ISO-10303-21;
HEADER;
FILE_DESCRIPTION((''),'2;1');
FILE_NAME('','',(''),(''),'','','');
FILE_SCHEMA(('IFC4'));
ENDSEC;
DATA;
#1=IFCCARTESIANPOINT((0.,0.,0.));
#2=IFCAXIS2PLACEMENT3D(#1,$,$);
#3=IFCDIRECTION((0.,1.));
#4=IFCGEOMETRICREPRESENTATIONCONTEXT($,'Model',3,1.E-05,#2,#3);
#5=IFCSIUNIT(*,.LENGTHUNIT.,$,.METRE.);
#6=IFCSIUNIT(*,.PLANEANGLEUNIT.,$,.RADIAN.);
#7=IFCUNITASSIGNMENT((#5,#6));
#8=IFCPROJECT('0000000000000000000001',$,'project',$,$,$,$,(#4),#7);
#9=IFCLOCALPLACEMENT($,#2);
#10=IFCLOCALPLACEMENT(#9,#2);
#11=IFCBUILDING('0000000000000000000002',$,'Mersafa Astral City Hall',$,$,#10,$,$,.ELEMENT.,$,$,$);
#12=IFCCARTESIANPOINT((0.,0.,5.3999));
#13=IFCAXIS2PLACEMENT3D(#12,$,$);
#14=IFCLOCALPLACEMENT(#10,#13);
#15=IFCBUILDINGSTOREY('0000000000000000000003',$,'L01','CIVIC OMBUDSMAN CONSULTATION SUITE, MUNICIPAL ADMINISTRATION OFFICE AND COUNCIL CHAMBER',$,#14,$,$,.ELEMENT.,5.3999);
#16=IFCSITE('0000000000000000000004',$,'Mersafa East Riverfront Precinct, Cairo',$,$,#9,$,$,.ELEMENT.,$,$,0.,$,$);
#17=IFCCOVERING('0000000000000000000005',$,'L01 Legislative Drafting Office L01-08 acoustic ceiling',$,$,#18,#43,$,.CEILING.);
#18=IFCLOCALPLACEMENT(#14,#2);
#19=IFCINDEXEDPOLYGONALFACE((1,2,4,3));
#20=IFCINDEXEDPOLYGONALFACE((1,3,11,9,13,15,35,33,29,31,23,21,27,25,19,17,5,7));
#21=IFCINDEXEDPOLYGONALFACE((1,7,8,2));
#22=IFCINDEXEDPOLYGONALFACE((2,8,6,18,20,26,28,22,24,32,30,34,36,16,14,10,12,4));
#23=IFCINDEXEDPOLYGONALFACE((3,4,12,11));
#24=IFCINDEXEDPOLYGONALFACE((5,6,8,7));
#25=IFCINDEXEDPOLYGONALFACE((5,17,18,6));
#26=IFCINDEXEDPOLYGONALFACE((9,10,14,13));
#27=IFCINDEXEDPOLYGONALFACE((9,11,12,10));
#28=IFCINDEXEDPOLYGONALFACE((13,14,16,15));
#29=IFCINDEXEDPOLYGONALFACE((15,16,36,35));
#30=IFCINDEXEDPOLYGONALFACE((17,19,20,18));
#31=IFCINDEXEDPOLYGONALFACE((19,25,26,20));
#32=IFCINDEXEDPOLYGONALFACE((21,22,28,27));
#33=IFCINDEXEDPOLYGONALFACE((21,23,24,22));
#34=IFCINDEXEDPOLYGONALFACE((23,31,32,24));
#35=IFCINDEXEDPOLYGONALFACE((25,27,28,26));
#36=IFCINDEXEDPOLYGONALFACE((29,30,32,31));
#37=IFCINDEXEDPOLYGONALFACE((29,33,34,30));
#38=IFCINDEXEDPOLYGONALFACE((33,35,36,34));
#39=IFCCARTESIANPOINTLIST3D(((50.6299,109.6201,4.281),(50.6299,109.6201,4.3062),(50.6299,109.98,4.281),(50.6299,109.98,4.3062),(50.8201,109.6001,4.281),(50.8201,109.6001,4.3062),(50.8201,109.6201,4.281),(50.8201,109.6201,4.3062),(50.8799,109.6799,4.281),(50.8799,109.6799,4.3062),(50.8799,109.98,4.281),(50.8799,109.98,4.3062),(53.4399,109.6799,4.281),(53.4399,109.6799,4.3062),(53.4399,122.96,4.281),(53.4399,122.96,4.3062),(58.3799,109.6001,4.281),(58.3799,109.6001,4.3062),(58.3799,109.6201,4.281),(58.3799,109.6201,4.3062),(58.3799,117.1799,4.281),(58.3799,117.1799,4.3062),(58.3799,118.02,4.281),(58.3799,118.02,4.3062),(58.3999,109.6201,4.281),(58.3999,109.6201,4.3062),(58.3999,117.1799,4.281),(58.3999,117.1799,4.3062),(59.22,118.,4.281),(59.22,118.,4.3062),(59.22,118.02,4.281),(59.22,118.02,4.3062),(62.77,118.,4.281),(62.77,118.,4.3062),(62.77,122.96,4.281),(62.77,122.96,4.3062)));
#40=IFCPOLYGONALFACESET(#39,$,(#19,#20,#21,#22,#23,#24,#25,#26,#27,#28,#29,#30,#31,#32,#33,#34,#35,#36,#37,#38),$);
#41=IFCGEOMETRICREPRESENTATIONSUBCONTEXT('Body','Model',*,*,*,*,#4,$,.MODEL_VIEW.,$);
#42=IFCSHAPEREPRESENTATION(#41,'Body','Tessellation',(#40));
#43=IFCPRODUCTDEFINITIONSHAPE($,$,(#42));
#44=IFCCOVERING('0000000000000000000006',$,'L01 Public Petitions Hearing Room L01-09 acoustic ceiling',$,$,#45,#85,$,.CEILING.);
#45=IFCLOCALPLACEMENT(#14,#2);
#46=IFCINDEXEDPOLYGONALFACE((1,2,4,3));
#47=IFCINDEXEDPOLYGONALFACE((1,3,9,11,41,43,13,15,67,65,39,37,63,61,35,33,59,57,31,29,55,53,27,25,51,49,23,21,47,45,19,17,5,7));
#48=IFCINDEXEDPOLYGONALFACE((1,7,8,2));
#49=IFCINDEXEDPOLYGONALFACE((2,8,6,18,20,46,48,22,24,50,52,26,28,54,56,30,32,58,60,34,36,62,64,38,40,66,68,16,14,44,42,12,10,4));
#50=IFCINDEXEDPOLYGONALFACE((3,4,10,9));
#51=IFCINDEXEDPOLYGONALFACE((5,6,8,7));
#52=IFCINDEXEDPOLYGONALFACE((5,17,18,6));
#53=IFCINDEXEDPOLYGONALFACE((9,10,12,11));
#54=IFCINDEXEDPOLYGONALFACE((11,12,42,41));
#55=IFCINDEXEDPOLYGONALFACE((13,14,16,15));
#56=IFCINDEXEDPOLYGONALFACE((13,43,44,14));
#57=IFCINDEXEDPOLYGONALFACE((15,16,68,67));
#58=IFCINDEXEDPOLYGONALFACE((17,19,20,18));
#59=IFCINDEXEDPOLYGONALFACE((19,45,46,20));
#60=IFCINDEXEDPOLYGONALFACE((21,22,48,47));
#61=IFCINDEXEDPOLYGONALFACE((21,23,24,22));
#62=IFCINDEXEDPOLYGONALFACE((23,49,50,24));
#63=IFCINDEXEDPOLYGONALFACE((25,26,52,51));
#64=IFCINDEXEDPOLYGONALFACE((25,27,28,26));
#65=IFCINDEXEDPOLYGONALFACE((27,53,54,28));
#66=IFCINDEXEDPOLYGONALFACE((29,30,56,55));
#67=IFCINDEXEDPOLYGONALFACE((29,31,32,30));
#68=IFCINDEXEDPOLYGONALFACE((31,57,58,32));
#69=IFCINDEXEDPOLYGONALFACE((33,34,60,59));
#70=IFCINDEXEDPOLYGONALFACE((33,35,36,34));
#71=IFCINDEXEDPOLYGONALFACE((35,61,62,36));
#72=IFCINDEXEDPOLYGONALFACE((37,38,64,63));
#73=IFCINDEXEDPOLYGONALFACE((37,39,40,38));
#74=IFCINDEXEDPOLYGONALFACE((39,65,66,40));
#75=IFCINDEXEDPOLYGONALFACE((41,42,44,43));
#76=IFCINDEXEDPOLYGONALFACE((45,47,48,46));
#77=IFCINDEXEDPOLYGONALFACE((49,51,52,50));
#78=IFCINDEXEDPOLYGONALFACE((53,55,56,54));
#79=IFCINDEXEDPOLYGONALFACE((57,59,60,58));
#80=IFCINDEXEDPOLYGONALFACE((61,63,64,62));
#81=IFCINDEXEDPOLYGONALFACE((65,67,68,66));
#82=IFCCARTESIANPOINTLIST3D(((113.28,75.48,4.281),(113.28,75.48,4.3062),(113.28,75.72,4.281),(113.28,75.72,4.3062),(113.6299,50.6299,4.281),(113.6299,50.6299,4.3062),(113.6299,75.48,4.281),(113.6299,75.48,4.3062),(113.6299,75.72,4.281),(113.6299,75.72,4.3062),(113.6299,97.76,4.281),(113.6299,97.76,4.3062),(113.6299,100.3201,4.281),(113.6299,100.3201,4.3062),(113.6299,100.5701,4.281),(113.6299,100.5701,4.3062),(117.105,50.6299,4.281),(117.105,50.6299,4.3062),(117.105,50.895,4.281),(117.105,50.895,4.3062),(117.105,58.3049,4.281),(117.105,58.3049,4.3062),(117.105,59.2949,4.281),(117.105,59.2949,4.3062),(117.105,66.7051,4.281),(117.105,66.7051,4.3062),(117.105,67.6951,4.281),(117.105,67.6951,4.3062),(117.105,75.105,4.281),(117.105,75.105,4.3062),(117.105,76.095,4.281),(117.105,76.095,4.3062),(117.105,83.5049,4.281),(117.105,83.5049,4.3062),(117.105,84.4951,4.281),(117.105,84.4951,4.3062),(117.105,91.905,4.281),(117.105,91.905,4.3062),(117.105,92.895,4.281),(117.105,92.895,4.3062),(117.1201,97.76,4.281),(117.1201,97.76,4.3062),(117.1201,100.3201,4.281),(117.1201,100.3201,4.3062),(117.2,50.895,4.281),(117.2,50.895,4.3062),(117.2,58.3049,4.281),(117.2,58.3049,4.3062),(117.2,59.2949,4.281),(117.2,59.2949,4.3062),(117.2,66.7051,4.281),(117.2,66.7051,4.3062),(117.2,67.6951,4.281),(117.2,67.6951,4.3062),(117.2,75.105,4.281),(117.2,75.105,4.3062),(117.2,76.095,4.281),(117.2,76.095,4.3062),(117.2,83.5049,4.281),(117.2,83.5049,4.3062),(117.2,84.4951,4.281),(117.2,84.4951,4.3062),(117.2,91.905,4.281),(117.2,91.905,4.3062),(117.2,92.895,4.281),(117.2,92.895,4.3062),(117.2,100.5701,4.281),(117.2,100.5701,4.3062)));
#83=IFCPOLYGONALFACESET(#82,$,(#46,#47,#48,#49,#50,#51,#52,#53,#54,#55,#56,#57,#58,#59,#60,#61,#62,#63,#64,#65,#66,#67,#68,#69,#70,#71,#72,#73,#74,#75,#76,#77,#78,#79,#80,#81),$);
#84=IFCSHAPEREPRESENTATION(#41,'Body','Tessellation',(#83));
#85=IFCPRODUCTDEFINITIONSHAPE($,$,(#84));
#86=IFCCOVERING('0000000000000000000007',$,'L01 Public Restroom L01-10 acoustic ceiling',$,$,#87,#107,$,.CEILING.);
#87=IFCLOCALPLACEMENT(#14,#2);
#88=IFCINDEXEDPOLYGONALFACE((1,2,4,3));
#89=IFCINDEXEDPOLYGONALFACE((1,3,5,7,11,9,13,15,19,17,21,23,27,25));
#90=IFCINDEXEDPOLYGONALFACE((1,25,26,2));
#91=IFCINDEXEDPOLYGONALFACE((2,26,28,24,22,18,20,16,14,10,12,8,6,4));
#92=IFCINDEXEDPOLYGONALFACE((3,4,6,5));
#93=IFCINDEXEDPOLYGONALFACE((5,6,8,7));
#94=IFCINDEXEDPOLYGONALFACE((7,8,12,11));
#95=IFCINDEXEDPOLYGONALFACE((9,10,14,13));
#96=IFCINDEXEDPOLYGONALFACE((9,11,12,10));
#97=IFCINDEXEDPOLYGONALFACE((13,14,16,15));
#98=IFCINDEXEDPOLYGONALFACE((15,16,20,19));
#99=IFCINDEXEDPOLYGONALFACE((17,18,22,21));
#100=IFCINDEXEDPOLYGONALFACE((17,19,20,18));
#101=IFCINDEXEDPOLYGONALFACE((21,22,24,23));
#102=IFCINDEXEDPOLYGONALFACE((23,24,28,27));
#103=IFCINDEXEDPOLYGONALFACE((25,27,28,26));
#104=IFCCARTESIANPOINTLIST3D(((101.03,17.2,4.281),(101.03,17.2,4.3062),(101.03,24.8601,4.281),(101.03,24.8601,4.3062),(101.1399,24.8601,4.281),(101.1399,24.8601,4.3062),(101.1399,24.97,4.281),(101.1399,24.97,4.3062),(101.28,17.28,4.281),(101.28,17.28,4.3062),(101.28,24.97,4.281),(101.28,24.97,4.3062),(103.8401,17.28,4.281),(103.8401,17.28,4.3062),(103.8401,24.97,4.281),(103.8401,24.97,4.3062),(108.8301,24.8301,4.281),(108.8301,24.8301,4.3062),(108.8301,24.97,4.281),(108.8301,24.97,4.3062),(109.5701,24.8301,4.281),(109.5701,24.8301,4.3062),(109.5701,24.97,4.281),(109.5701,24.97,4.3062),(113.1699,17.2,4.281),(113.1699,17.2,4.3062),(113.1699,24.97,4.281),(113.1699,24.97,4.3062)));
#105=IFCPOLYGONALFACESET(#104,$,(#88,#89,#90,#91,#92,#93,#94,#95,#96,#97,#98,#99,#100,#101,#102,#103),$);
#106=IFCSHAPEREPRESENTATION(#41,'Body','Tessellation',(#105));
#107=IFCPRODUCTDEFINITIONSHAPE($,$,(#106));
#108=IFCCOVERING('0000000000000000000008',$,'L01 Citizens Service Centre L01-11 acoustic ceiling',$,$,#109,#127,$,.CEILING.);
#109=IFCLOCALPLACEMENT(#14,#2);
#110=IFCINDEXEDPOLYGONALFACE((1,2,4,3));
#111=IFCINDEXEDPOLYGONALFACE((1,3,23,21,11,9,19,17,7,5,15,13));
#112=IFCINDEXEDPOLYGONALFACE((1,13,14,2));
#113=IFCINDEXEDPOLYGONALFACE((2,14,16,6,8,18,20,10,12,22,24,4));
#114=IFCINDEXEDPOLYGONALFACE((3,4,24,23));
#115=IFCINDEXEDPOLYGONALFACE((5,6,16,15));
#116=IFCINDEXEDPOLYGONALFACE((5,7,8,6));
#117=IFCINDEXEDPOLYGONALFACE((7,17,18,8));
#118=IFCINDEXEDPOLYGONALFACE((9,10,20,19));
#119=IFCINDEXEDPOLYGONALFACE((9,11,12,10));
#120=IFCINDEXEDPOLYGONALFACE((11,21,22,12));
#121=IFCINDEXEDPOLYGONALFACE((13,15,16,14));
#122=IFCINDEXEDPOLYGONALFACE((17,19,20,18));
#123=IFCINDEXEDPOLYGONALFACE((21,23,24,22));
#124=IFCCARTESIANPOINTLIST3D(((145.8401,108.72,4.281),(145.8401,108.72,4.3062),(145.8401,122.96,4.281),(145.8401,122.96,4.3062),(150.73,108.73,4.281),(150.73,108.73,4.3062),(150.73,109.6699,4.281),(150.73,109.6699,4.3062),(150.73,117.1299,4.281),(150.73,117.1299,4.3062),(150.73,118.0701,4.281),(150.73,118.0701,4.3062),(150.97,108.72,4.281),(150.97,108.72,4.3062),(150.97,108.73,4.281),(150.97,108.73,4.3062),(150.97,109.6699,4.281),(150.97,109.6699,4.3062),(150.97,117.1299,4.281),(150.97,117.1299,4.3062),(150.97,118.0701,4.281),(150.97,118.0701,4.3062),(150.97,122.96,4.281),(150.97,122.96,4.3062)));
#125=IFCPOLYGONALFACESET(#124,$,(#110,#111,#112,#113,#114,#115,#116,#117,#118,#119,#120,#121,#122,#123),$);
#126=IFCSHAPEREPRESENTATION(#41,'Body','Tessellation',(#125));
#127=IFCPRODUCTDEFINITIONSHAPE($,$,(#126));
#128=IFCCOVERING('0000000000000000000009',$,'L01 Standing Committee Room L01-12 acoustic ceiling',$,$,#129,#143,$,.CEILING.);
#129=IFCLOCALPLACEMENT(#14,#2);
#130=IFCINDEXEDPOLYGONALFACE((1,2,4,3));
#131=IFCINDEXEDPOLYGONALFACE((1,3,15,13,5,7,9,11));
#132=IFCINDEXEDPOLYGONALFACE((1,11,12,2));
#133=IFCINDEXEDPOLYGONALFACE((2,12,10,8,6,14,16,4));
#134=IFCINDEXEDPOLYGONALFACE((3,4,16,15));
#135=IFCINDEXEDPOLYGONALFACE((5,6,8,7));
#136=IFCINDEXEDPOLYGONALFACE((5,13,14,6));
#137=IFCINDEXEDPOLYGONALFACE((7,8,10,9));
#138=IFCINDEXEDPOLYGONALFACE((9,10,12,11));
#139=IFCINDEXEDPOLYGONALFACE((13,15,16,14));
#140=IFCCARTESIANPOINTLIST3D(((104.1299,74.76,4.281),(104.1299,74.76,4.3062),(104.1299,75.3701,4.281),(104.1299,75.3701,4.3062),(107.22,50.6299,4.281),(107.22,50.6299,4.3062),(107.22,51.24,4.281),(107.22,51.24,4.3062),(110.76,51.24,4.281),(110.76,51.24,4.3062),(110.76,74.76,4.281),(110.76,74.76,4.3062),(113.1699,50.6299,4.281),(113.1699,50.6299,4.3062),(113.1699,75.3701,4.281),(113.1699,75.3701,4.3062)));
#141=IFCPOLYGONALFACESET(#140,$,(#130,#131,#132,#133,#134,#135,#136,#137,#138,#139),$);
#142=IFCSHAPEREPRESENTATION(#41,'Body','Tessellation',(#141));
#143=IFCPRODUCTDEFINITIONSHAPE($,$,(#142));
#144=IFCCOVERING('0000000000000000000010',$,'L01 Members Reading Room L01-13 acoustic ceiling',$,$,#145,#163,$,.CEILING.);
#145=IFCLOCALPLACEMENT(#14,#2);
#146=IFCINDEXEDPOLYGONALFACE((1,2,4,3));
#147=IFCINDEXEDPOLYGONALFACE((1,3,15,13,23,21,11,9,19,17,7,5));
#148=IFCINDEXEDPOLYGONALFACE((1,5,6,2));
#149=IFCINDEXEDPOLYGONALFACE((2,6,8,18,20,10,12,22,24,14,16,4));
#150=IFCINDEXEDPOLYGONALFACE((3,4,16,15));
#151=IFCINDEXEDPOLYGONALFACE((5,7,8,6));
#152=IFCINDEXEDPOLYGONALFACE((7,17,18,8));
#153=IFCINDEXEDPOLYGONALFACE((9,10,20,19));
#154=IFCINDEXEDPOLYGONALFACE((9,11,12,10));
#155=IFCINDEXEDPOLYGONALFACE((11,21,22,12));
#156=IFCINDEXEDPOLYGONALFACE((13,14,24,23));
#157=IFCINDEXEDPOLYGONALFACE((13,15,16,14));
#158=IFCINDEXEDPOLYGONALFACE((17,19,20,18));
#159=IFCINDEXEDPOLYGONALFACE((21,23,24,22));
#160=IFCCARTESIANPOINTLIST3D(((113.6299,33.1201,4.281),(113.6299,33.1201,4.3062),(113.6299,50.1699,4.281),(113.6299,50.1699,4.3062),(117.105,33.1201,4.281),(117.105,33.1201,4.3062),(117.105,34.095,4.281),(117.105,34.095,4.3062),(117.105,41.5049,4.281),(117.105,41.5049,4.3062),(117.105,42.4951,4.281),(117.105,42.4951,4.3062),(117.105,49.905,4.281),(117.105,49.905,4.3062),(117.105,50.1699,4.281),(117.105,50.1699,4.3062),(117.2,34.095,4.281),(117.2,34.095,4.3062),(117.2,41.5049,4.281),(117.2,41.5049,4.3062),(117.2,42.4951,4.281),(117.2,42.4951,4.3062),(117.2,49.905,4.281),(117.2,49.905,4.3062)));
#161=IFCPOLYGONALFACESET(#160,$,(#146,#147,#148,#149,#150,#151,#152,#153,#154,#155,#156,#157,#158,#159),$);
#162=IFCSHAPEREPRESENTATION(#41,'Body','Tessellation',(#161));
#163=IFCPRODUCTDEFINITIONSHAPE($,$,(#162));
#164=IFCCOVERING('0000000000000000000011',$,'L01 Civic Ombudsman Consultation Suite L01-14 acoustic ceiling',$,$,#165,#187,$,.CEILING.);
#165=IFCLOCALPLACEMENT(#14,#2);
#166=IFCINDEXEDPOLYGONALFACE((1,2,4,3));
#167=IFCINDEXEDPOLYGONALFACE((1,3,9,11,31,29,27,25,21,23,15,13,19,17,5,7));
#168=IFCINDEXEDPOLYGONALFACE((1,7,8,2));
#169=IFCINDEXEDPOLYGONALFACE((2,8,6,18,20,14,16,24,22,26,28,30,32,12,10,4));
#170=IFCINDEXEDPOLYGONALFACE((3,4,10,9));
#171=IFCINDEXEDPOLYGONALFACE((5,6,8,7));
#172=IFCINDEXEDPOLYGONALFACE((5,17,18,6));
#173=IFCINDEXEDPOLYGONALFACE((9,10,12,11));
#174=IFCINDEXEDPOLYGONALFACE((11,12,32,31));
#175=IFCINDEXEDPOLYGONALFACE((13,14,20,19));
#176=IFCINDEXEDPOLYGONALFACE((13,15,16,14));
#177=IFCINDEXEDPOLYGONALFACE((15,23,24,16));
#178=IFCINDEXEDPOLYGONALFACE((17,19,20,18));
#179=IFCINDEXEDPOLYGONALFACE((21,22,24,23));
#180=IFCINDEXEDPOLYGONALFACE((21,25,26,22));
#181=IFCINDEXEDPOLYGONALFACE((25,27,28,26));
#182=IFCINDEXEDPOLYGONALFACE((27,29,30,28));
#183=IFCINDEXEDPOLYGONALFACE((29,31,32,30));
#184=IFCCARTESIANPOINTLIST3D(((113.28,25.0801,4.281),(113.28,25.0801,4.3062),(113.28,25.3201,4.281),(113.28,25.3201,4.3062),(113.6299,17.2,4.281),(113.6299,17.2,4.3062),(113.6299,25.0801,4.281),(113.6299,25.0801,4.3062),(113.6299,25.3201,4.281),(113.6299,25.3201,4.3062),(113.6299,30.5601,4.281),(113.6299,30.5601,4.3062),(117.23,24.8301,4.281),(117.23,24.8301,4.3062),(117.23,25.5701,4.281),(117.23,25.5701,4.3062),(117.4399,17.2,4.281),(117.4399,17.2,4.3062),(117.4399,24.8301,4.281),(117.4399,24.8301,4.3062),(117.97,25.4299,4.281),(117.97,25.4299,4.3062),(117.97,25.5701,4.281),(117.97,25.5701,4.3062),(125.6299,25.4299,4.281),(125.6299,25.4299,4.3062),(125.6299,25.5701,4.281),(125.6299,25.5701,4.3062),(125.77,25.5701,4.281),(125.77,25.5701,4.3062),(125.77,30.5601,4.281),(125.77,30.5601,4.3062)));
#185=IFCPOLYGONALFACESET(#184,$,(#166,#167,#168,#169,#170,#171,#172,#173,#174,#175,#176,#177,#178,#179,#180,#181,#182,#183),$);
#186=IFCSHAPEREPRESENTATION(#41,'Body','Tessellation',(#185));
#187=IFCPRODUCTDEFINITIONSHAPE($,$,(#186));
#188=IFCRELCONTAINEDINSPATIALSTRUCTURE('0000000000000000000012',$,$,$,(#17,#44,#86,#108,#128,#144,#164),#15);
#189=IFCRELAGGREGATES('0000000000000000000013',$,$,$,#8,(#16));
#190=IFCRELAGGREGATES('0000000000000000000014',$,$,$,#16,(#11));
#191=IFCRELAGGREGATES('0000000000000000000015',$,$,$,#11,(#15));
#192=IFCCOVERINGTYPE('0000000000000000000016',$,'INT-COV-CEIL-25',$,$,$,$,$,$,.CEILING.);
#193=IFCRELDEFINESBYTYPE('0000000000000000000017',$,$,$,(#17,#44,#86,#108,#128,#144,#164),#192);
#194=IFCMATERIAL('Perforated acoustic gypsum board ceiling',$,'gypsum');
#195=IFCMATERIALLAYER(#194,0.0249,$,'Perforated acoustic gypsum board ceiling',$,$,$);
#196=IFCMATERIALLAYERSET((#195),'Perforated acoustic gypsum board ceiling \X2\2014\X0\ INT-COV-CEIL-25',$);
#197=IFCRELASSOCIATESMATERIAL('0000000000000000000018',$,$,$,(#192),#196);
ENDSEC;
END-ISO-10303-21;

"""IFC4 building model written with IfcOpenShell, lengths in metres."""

from ifc_helpers import new_model, si_unit, direction, frame, origin, place, context, subcontext, project, spatial, polyline, outline, extrude, material, layer, layer_set, type_object, element, save


model = new_model("IFC4")

# Units and contexts
model_context = context("Model", 3, precision=1e-05, world=origin(), true_north=direction((0.0, 1.0)))
body_context = subcontext(model_context, "Body", "Model", "MODEL_VIEW")
ifc_project = project(units=[si_unit("LENGTHUNIT", "METRE"), si_unit("PLANEANGLEUNIT", "RADIAN")], contexts=[model_context])

# Site, building, storey
site_placement = place(None, origin())
site = spatial("IfcSite", under=ifc_project, at=site_placement, Name="Mersafa East Riverfront Precinct, Cairo", CompositionType="ELEMENT", RefElevation=0.0)
building_placement = place(site_placement, origin())
building = spatial("IfcBuilding", under=site, at=building_placement, Name="Mersafa Astral City Hall", CompositionType="ELEMENT")
storey_placement = place(building_placement, frame((0.0, 0.0, 5.3999)))
storey = spatial("IfcBuildingStorey", under=building, at=storey_placement, Name="L01", Description="CIVIC OMBUDSMAN CONSULTATION SUITE, MUNICIPAL ADMINISTRATION OFFICE AND COUNCIL CHAMBER", CompositionType="ELEMENT", Elevation=5.3999)

# Coverings
ifc_material_1 = material(Name="Perforated acoustic gypsum board ceiling", Category="gypsum")
ifc_layer_1 = layer(ifc_material_1, 0.0249, Name="Perforated acoustic gypsum board ceiling")
ifc_layer_set_1 = layer_set([ifc_layer_1], Name="Perforated acoustic gypsum board ceiling — INT-COV-CEIL-25")
covering_type_1 = type_object("IfcCoveringType", Name="INT-COV-CEIL-25", PredefinedType="CEILING", material=ifc_layer_set_1)
covering_1_placement = place(storey_placement, frame((0.0, 0.0, 4.281)))
element("IfcCovering", 1, at=covering_1_placement, inside=storey, type_object=covering_type_1, Name="L01 Legislative Drafting Office L01-08 acoustic ceiling", PredefinedType="CEILING", context=body_context, shape_type="SweptSolid", body=[
    extrude(outline(polyline([(50.8201, 109.6201), (50.6299, 109.6201), (50.6299, 109.98), (50.8799, 109.98), (50.8799, 109.6799), (53.4399, 109.6799), (53.4399, 122.96), (62.77, 122.96), (62.77, 118.0), (59.22, 118.0), (59.22, 118.02), (58.3799, 118.02), (58.3799, 117.1799), (58.3999, 117.1799), (58.3999, 109.6201), (58.3799, 109.6201), (58.3799, 109.6001), (50.8201, 109.6001), (50.8201, 109.6201)])), origin(), (0.0, 0.0, 1.0), 0.0251),
])
covering_2_placement = place(storey_placement, frame((0.0, 0.0, 4.281)))
element("IfcCovering", 2, at=covering_2_placement, inside=storey, type_object=covering_type_1, Name="L01 Public Petitions Hearing Room L01-09 acoustic ceiling", PredefinedType="CEILING", context=body_context, shape_type="SweptSolid", body=[
    extrude(outline(polyline([(113.28, 75.72), (113.6299, 75.72), (113.6299, 97.76), (117.1201, 97.76), (117.1201, 100.3201), (113.6299, 100.3201), (113.6299, 100.5701), (117.2, 100.5701), (117.2, 92.895), (117.105, 92.895), (117.105, 91.905), (117.2, 91.905), (117.2, 84.4951), (117.105, 84.4951), (117.105, 83.5049), (117.2, 83.5049), (117.2, 76.095), (117.105, 76.095), (117.105, 75.105), (117.2, 75.105), (117.2, 67.6951), (117.105, 67.6951), (117.105, 66.7051), (117.2, 66.7051), (117.2, 59.2949), (117.105, 59.2949), (117.105, 58.3049), (117.2, 58.3049), (117.2, 50.895), (117.105, 50.895), (117.105, 50.6299), (113.6299, 50.6299), (113.6299, 75.48), (113.28, 75.48), (113.28, 75.72)])), origin(), (0.0, 0.0, 1.0), 0.0251),
])
covering_3_placement = place(storey_placement, frame((0.0, 0.0, 4.281)))
element("IfcCovering", 3, at=covering_3_placement, inside=storey, type_object=covering_type_1, Name="L01 Public Restroom L01-10 acoustic ceiling", PredefinedType="CEILING", context=body_context, shape_type="SweptSolid", body=[
    extrude(outline(polyline([(101.1399, 24.8601), (101.1399, 24.97), (101.28, 24.97), (101.28, 17.28), (103.8401, 17.28), (103.8401, 24.97), (108.8301, 24.97), (108.8301, 24.8301), (109.5701, 24.8301), (109.5701, 24.97), (113.1699, 24.97), (113.1699, 17.2), (101.03, 17.2), (101.03, 24.8601), (101.1399, 24.8601)])), origin(), (0.0, 0.0, 1.0), 0.0251),
])
covering_4_placement = place(storey_placement, frame((0.0, 0.0, 4.281)))
element("IfcCovering", 4, at=covering_4_placement, inside=storey, type_object=covering_type_1, Name="L01 Citizens Service Centre L01-11 acoustic ceiling", PredefinedType="CEILING", context=body_context, shape_type="SweptSolid", body=[
    extrude(outline(polyline([(150.97, 122.96), (150.97, 118.0701), (150.73, 118.0701), (150.73, 117.1299), (150.97, 117.1299), (150.97, 109.6699), (150.73, 109.6699), (150.73, 108.73), (150.97, 108.73), (150.97, 108.72), (145.8401, 108.72), (145.8401, 122.96), (150.97, 122.96)])), origin(), (0.0, 0.0, 1.0), 0.0251),
])
covering_5_placement = place(storey_placement, frame((0.0, 0.0, 4.281)))
element("IfcCovering", 5, at=covering_5_placement, inside=storey, type_object=covering_type_1, Name="L01 Standing Committee Room L01-12 acoustic ceiling", PredefinedType="CEILING", context=body_context, shape_type="SweptSolid", body=[
    extrude(outline(polyline([(110.76, 74.76), (104.1299, 74.76), (104.1299, 75.3701), (113.1699, 75.3701), (113.1699, 50.6299), (107.22, 50.6299), (107.22, 51.24), (110.76, 51.24), (110.76, 74.76)])), origin(), (0.0, 0.0, 1.0), 0.0251),
])
covering_6_placement = place(storey_placement, frame((0.0, 0.0, 4.281)))
element("IfcCovering", 6, at=covering_6_placement, inside=storey, type_object=covering_type_1, Name="L01 Members Reading Room L01-13 acoustic ceiling", PredefinedType="CEILING", context=body_context, shape_type="SweptSolid", body=[
    extrude(outline(polyline([(113.6299, 33.1201), (113.6299, 50.1699), (117.105, 50.1699), (117.105, 49.905), (117.2, 49.905), (117.2, 42.4951), (117.105, 42.4951), (117.105, 41.5049), (117.2, 41.5049), (117.2, 34.095), (117.105, 34.095), (117.105, 33.1201), (113.6299, 33.1201)])), origin(), (0.0, 0.0, 1.0), 0.0251),
])
covering_7_placement = place(storey_placement, frame((0.0, 0.0, 4.281)))
element("IfcCovering", 7, at=covering_7_placement, inside=storey, type_object=covering_type_1, Name="L01 Civic Ombudsman Consultation Suite L01-14 acoustic ceiling", PredefinedType="CEILING", context=body_context, shape_type="SweptSolid", body=[
    extrude(outline(polyline([(113.28, 25.3201), (113.6299, 25.3201), (113.6299, 30.5601), (125.77, 30.5601), (125.77, 25.5701), (125.6299, 25.5701), (125.6299, 25.4299), (117.97, 25.4299), (117.97, 25.5701), (117.23, 25.5701), (117.23, 24.8301), (117.4399, 24.8301), (117.4399, 17.2), (113.6299, 17.2), (113.6299, 25.0801), (113.28, 25.0801), (113.28, 25.3201)])), origin(), (0.0, 0.0, 1.0), 0.0251),
])

save(model, "model.ifc")
